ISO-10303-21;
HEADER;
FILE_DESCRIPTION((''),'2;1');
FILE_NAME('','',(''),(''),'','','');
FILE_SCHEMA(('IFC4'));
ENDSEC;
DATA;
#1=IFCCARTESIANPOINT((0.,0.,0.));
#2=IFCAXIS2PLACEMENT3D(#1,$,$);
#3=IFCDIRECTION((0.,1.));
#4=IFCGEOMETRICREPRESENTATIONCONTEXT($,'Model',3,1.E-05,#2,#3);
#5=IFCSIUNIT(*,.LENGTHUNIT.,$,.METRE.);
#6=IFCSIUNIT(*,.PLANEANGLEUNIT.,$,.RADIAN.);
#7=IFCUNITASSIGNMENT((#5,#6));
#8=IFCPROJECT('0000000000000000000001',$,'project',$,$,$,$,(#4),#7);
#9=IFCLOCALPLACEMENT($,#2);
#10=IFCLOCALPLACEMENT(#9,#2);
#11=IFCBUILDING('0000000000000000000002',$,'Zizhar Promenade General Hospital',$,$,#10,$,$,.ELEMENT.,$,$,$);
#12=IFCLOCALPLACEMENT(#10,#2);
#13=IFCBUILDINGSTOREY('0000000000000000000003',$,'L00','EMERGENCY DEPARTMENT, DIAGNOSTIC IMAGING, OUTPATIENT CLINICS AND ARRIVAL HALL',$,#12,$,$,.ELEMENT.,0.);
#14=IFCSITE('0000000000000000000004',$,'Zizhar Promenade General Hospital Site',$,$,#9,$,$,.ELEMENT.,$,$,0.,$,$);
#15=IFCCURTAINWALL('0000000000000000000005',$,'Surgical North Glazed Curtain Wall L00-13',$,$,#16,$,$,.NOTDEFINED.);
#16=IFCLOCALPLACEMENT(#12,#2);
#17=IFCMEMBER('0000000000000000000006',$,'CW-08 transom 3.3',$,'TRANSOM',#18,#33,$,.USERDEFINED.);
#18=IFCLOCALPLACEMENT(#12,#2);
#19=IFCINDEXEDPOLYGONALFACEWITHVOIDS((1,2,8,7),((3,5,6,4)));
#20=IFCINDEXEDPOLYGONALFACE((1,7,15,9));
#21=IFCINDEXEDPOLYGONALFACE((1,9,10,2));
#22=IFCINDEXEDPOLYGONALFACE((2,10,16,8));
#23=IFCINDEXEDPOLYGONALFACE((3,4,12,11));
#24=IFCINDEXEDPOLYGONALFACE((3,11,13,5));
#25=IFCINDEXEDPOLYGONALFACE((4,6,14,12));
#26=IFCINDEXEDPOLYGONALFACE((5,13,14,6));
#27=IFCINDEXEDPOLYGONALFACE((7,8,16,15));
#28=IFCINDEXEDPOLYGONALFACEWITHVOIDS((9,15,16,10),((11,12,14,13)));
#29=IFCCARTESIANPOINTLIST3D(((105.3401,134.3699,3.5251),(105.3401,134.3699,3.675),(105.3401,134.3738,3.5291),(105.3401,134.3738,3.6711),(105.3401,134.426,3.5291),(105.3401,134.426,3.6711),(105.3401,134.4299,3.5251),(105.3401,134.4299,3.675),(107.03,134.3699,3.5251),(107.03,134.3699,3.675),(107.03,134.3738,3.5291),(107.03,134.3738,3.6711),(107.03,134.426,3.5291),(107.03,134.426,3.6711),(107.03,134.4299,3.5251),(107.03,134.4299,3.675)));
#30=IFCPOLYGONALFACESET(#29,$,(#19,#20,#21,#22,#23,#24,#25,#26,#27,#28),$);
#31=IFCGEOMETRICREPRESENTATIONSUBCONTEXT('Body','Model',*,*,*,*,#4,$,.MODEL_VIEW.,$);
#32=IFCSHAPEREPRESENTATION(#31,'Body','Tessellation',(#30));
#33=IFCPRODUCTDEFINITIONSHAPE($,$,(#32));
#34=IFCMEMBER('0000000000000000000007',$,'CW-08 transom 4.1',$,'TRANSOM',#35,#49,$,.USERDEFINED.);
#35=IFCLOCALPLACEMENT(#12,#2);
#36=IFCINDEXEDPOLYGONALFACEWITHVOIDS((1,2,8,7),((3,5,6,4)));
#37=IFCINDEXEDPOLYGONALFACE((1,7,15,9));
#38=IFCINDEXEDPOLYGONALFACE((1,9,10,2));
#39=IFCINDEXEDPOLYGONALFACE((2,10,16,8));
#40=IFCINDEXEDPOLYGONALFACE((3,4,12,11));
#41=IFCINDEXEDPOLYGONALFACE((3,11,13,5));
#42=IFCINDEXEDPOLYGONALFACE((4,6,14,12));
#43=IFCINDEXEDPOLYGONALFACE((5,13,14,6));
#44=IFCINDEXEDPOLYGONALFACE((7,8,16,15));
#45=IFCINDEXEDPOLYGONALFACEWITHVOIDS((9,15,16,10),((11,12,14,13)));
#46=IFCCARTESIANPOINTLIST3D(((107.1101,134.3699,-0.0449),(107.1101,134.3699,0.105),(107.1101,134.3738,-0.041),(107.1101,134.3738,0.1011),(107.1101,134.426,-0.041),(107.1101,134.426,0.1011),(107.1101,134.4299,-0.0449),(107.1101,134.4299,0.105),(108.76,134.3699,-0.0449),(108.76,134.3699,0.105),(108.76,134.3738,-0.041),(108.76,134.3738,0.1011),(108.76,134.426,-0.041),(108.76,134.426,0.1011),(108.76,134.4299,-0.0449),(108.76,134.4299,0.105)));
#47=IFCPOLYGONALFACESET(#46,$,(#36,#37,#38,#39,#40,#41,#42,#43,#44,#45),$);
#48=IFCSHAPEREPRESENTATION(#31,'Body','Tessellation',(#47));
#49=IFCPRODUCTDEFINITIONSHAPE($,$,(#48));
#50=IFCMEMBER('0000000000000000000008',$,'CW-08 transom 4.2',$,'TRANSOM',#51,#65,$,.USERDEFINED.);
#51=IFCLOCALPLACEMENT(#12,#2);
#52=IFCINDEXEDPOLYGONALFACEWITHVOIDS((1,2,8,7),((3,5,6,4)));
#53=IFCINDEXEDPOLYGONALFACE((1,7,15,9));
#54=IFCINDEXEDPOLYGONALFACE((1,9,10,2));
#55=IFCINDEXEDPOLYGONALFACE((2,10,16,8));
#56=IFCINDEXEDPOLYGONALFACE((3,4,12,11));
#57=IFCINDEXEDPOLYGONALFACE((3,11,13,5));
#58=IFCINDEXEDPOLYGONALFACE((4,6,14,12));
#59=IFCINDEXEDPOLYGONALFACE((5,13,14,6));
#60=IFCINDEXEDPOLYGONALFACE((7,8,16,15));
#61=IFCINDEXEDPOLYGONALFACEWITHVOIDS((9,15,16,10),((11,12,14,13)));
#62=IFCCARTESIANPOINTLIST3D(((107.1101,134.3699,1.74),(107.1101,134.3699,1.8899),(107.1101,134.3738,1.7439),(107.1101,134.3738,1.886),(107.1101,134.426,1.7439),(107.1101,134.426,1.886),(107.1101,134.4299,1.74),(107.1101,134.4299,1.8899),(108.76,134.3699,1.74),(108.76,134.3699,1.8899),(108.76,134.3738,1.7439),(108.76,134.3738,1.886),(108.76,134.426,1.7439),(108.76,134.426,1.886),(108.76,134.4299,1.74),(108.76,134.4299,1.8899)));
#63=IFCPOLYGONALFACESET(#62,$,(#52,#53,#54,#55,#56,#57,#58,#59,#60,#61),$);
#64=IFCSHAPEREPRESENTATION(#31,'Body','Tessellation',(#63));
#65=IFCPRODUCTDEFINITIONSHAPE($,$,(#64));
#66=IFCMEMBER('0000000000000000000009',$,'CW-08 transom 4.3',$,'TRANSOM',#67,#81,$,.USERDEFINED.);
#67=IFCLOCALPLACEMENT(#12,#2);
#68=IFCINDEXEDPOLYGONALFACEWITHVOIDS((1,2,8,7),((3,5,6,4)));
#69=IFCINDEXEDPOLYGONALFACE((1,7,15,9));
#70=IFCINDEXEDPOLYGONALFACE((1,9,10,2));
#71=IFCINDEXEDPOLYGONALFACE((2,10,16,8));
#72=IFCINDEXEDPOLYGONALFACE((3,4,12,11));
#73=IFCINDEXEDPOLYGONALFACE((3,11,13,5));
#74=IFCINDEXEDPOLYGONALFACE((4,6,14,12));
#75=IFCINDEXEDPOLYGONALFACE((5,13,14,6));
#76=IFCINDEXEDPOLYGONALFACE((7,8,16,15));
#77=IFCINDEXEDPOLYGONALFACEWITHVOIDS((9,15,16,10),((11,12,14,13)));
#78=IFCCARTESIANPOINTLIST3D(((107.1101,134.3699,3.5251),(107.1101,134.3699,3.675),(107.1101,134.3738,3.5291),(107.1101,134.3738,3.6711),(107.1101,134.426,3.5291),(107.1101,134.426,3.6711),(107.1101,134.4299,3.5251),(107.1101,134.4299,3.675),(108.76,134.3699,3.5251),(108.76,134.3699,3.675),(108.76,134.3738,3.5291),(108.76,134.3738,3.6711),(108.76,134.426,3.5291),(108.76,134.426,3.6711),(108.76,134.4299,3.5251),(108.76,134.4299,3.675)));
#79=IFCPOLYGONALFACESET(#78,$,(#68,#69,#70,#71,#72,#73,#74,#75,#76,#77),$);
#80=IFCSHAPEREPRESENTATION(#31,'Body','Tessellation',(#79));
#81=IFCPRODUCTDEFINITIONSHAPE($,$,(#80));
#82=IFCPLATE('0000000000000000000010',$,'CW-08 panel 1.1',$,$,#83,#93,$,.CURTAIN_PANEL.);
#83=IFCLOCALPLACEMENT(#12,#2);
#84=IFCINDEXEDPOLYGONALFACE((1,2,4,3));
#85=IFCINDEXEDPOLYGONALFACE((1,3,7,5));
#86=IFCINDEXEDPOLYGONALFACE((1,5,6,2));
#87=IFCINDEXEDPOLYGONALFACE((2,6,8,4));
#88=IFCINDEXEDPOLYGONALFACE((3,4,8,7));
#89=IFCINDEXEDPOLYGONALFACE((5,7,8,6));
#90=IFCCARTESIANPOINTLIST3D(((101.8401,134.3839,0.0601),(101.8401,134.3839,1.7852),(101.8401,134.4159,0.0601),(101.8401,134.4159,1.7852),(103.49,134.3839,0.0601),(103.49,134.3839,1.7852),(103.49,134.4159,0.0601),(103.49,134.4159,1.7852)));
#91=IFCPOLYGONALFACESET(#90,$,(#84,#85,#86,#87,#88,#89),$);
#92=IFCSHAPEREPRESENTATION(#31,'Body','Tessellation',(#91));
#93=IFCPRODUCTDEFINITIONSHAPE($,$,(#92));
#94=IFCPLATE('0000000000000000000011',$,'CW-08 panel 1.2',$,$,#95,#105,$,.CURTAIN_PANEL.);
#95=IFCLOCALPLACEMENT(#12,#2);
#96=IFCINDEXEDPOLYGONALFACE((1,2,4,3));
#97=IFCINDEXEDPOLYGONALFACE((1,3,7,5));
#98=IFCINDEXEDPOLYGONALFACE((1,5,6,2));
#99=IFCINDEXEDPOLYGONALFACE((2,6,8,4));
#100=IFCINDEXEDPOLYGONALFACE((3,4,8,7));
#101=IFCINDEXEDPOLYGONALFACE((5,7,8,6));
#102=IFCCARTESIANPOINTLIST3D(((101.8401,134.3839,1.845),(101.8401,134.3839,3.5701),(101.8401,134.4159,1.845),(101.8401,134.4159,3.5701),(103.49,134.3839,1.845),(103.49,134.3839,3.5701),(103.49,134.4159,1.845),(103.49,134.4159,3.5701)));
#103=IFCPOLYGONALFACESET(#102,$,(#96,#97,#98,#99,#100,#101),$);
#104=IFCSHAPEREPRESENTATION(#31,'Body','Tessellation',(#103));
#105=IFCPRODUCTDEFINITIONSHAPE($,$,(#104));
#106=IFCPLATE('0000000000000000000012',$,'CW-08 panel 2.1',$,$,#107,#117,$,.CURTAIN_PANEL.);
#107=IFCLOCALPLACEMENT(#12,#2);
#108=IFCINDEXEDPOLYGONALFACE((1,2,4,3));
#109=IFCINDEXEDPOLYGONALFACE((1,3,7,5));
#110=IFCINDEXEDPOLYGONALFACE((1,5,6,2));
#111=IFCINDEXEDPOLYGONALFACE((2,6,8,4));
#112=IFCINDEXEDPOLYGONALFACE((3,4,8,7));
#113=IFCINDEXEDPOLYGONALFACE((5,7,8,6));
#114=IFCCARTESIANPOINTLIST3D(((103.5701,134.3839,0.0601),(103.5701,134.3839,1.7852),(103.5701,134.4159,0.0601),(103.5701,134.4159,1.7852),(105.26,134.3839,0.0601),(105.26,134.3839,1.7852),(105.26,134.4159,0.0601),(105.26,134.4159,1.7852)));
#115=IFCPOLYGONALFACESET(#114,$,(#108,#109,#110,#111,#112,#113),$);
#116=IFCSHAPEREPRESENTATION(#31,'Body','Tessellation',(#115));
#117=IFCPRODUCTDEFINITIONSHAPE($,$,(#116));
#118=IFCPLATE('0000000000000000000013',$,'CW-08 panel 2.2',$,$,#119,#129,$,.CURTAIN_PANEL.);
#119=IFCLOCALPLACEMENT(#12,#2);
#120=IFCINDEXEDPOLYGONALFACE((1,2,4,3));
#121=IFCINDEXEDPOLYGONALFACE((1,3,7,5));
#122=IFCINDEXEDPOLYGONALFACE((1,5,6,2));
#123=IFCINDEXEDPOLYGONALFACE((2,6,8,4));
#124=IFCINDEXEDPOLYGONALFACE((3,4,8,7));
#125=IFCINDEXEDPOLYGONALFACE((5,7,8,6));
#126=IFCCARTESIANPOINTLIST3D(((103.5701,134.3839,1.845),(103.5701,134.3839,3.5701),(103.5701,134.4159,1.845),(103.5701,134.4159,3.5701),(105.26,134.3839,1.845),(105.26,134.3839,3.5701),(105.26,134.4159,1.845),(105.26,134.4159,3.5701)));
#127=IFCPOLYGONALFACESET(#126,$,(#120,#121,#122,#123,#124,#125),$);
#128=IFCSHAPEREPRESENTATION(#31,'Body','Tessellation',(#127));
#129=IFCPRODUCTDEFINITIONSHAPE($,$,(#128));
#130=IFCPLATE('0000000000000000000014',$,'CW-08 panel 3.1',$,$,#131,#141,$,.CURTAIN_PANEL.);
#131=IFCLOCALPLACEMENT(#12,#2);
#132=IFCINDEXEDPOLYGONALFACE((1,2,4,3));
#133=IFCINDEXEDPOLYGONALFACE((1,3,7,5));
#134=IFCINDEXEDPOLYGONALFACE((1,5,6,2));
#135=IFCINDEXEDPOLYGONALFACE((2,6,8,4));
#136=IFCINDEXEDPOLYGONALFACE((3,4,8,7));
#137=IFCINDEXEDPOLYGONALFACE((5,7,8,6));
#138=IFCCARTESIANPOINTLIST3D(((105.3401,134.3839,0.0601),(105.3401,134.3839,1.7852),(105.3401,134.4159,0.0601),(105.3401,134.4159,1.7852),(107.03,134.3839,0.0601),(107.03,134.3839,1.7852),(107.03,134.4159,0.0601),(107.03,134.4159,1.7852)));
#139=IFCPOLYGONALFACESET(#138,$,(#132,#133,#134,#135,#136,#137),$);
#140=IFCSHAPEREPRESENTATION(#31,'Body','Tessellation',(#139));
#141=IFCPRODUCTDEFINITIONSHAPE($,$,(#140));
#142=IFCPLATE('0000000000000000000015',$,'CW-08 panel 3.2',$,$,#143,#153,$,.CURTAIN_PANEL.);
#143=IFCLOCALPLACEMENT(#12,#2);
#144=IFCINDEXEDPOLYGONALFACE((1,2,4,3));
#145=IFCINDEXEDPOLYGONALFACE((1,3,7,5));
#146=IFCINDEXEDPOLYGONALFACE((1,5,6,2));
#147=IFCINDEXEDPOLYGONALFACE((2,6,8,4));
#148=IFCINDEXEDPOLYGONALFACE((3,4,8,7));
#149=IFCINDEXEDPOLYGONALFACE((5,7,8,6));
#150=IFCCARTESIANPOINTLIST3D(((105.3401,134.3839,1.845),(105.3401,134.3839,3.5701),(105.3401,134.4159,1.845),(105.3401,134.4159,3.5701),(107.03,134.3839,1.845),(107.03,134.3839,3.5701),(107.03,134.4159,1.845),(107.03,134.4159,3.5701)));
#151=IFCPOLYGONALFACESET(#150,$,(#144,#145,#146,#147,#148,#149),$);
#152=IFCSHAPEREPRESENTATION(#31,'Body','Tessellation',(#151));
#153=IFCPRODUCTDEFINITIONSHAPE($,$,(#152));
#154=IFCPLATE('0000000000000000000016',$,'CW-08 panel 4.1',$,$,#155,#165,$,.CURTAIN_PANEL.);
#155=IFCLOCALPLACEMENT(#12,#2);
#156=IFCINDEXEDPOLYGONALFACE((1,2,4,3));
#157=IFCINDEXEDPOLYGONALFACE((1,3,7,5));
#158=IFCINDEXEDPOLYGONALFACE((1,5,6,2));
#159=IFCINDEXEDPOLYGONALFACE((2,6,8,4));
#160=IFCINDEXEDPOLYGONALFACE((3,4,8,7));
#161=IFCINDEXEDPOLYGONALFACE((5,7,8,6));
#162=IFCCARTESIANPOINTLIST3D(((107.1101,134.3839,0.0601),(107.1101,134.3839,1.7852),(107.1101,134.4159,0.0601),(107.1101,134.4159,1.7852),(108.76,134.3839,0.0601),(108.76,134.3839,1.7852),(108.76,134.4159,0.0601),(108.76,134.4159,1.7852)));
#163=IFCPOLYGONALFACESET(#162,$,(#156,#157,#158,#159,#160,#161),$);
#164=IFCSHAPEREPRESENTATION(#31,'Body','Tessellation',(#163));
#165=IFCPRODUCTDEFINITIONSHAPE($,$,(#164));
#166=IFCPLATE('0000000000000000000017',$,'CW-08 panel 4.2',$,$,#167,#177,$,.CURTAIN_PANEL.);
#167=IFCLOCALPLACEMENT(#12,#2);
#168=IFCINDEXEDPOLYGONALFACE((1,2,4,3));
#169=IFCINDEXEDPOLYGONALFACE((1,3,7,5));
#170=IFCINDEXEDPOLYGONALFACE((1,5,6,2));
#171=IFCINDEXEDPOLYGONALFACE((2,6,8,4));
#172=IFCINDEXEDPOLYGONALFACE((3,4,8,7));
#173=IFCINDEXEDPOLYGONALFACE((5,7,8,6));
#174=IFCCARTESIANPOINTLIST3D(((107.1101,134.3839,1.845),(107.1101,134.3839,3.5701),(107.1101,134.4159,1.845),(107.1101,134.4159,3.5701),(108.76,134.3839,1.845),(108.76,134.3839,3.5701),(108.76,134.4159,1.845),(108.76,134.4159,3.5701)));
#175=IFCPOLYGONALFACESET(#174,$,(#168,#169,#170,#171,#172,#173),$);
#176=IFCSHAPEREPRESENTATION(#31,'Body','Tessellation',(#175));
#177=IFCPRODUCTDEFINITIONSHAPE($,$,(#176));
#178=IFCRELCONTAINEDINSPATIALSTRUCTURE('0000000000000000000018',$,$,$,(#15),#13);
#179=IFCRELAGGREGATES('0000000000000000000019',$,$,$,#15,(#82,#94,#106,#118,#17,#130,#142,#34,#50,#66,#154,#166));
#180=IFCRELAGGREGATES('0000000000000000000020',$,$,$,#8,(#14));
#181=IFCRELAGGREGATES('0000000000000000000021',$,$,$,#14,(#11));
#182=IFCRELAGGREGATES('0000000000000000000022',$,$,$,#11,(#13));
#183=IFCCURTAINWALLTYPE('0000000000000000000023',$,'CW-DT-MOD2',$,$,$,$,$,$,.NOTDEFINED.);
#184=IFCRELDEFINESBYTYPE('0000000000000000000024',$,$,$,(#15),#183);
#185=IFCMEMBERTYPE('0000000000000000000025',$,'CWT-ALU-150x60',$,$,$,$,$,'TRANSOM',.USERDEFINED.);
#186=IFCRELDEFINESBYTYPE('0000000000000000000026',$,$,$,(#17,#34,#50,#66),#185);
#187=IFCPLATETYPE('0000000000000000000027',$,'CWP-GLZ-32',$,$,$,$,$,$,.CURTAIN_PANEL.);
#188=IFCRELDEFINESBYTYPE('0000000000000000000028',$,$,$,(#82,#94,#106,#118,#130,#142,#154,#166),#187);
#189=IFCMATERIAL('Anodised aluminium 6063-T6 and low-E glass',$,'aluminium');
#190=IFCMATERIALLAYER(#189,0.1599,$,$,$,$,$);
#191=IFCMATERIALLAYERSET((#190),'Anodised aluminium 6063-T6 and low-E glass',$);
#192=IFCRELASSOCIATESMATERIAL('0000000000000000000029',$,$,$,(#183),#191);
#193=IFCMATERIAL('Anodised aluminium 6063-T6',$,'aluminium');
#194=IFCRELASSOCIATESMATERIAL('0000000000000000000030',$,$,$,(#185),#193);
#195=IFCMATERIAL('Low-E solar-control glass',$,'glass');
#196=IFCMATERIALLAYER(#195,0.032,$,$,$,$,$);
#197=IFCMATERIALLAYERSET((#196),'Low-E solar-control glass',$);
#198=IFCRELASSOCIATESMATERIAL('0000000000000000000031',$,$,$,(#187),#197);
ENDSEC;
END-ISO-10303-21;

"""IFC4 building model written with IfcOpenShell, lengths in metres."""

from ifc_helpers import new_model, si_unit, direction, frame, origin, origin_2d, place, context, subcontext, project, spatial, rectangle, hollow_rectangle, extrude, material, layer, layer_set, material_profile, profile_set, type_object, element, aggregate, save


model = new_model("IFC4")

# Units and contexts
model_context = context("Model", 3, precision=1e-05, world=origin(), true_north=direction((0.0, 1.0)))
body_context = subcontext(model_context, "Body", "Model", "MODEL_VIEW")
ifc_project = project(units=[si_unit("LENGTHUNIT", "METRE"), si_unit("PLANEANGLEUNIT", "RADIAN")], contexts=[model_context])

# Site, building, storey
site_placement = place(None, origin())
site = spatial("IfcSite", under=ifc_project, at=site_placement, Name="Zizhar Promenade General Hospital Site", CompositionType="ELEMENT", RefElevation=0.0)
building_placement = place(site_placement, origin())
building = spatial("IfcBuilding", under=site, at=building_placement, Name="Zizhar Promenade General Hospital", CompositionType="ELEMENT")
storey_placement = place(building_placement, origin())
storey = spatial("IfcBuildingStorey", under=building, at=storey_placement, Name="L00", Description="EMERGENCY DEPARTMENT, DIAGNOSTIC IMAGING, OUTPATIENT CLINICS AND ARRIVAL HALL", CompositionType="ELEMENT", Elevation=0.0)

# Curtain wall, members, plates
ifc_material_1 = material(Name="Anodised aluminium 6063-T6 and low-E glass", Category="aluminium")
ifc_layer_1 = layer(ifc_material_1, 0.1599)
ifc_layer_set_1 = layer_set([ifc_layer_1], Name="Anodised aluminium 6063-T6 and low-E glass")
curtain_wall_type = type_object("IfcCurtainWallType", Name="CW-DT-MOD2", PredefinedType="NOTDEFINED", material=ifc_layer_set_1)
curtain_wall_placement = place(storey_placement, origin())
curtain_wall = element("IfcCurtainWall", 1, at=curtain_wall_placement, inside=storey, type_object=curtain_wall_type, Name="Surgical North Glazed Curtain Wall L00-13", PredefinedType="NOTDEFINED")
ifc_material_2 = material(Name="Anodised aluminium 6063-T6", Category="aluminium")
ifc_material_profile_1 = material_profile(ifc_material_2, hollow_rectangle(XDim=0.0601, YDim=0.1499, WallThickness=0.0039, at=origin_2d()))
ifc_profile_set_1 = profile_set([ifc_material_profile_1], Name="Anodised aluminium 6063-T6")
member_type_1 = type_object("IfcMemberType", Name="CWT-ALU-150x60", ElementType="TRANSOM", PredefinedType="USERDEFINED", material=ifc_profile_set_1)
member_1_placement = place(storey_placement, frame((105.3401, 134.3999, 3.6001), z_axis=(1.0, 0.0, 0.0), x_axis=(0.0, 1.0, 0.0)))
member_1 = element("IfcMember", 2, at=member_1_placement, type_object=member_type_1, Name="CW-08 transom 3.3", ObjectType="TRANSOM", PredefinedType="USERDEFINED", context=body_context, shape_type="SweptSolid", body=[
    extrude(hollow_rectangle(XDim=0.0601, YDim=0.1499, WallThickness=0.0039, at=origin_2d()), origin(), (0.0, 0.0, 1.0), 1.6899),
])
member_2_placement = place(storey_placement, frame((107.1101, 134.3999, 0.03), z_axis=(1.0, 0.0, 0.0), x_axis=(0.0, 1.0, 0.0)))
member_2 = element("IfcMember", 3, at=member_2_placement, type_object=member_type_1, Name="CW-08 transom 4.1", ObjectType="TRANSOM", PredefinedType="USERDEFINED", context=body_context, shape_type="SweptSolid", body=[
    extrude(hollow_rectangle(XDim=0.0601, YDim=0.1499, WallThickness=0.0039, at=origin_2d()), origin(), (0.0, 0.0, 1.0), 1.6499),
])
member_3_placement = place(storey_placement, frame((107.1101, 134.3999, 1.8149), z_axis=(1.0, 0.0, 0.0), x_axis=(0.0, 1.0, 0.0)))
member_3 = element("IfcMember", 4, at=member_3_placement, type_object=member_type_1, Name="CW-08 transom 4.2", ObjectType="TRANSOM", PredefinedType="USERDEFINED", context=body_context, shape_type="SweptSolid", body=[
    extrude(hollow_rectangle(XDim=0.0601, YDim=0.1499, WallThickness=0.0039, at=origin_2d()), origin(), (0.0, 0.0, 1.0), 1.6499),
])
member_4_placement = place(storey_placement, frame((107.1101, 134.3999, 3.6001), z_axis=(1.0, 0.0, 0.0), x_axis=(0.0, 1.0, 0.0)))
member_4 = element("IfcMember", 5, at=member_4_placement, type_object=member_type_1, Name="CW-08 transom 4.3", ObjectType="TRANSOM", PredefinedType="USERDEFINED", context=body_context, shape_type="SweptSolid", body=[
    extrude(hollow_rectangle(XDim=0.0601, YDim=0.1499, WallThickness=0.0039, at=origin_2d()), origin(), (0.0, 0.0, 1.0), 1.6499),
])
ifc_material_3 = material(Name="Low-E solar-control glass", Category="glass")
ifc_layer_2 = layer(ifc_material_3, 0.032)
ifc_layer_set_2 = layer_set([ifc_layer_2], Name="Low-E solar-control glass")
plate_type = type_object("IfcPlateType", Name="CWP-GLZ-32", PredefinedType="CURTAIN_PANEL", material=ifc_layer_set_2)
plate_1_placement = place(storey_placement, frame((102.665, 134.3999, 0.0601), z_axis=(0.0, 0.0, 1.0), x_axis=(1.0, 0.0, 0.0)))
plate_1 = element("IfcPlate", 6, at=plate_1_placement, type_object=plate_type, Name="CW-08 panel 1.1", PredefinedType="CURTAIN_PANEL", context=body_context, shape_type="SweptSolid", body=[
    extrude(rectangle(XDim=1.6499, YDim=0.032, at=origin_2d()), origin(), (0.0, 0.0, 1.0), 1.7251),
])
plate_2_placement = place(storey_placement, frame((102.665, 134.3999, 1.845), z_axis=(0.0, 0.0, 1.0), x_axis=(1.0, 0.0, 0.0)))
plate_2 = element("IfcPlate", 7, at=plate_2_placement, type_object=plate_type, Name="CW-08 panel 1.2", PredefinedType="CURTAIN_PANEL", context=body_context, shape_type="SweptSolid", body=[
    extrude(rectangle(XDim=1.6499, YDim=0.032, at=origin_2d()), origin(), (0.0, 0.0, 1.0), 1.7251),
])
plate_3_placement = place(storey_placement, frame((104.415, 134.3999, 0.0601), z_axis=(0.0, 0.0, 1.0), x_axis=(1.0, 0.0, 0.0)))
plate_3 = element("IfcPlate", 8, at=plate_3_placement, type_object=plate_type, Name="CW-08 panel 2.1", PredefinedType="CURTAIN_PANEL", context=body_context, shape_type="SweptSolid", body=[
    extrude(rectangle(XDim=1.6899, YDim=0.032, at=origin_2d()), origin(), (0.0, 0.0, 1.0), 1.7251),
])
plate_4_placement = place(storey_placement, frame((104.415, 134.3999, 1.845), z_axis=(0.0, 0.0, 1.0), x_axis=(1.0, 0.0, 0.0)))
plate_4 = element("IfcPlate", 9, at=plate_4_placement, type_object=plate_type, Name="CW-08 panel 2.2", PredefinedType="CURTAIN_PANEL", context=body_context, shape_type="SweptSolid", body=[
    extrude(rectangle(XDim=1.6899, YDim=0.032, at=origin_2d()), origin(), (0.0, 0.0, 1.0), 1.7251),
])
plate_5_placement = place(storey_placement, frame((106.1851, 134.3999, 0.0601), z_axis=(0.0, 0.0, 1.0), x_axis=(1.0, 0.0, 0.0)))
plate_5 = element("IfcPlate", 10, at=plate_5_placement, type_object=plate_type, Name="CW-08 panel 3.1", PredefinedType="CURTAIN_PANEL", context=body_context, shape_type="SweptSolid", body=[
    extrude(rectangle(XDim=1.6899, YDim=0.032, at=origin_2d()), origin(), (0.0, 0.0, 1.0), 1.7251),
])
plate_6_placement = place(storey_placement, frame((106.1851, 134.3999, 1.845), z_axis=(0.0, 0.0, 1.0), x_axis=(1.0, 0.0, 0.0)))
plate_6 = element("IfcPlate", 11, at=plate_6_placement, type_object=plate_type, Name="CW-08 panel 3.2", PredefinedType="CURTAIN_PANEL", context=body_context, shape_type="SweptSolid", body=[
    extrude(rectangle(XDim=1.6899, YDim=0.032, at=origin_2d()), origin(), (0.0, 0.0, 1.0), 1.7251),
])
plate_7_placement = place(storey_placement, frame((107.9351, 134.3999, 0.0601), z_axis=(0.0, 0.0, 1.0), x_axis=(1.0, 0.0, 0.0)))
plate_7 = element("IfcPlate", 12, at=plate_7_placement, type_object=plate_type, Name="CW-08 panel 4.1", PredefinedType="CURTAIN_PANEL", context=body_context, shape_type="SweptSolid", body=[
    extrude(rectangle(XDim=1.6499, YDim=0.032, at=origin_2d()), origin(), (0.0, 0.0, 1.0), 1.7251),
])
plate_8_placement = place(storey_placement, frame((107.9351, 134.3999, 1.845), z_axis=(0.0, 0.0, 1.0), x_axis=(1.0, 0.0, 0.0)))
plate_8 = element("IfcPlate", 13, at=plate_8_placement, type_object=plate_type, Name="CW-08 panel 4.2", PredefinedType="CURTAIN_PANEL", context=body_context, shape_type="SweptSolid", body=[
    extrude(rectangle(XDim=1.6499, YDim=0.032, at=origin_2d()), origin(), (0.0, 0.0, 1.0), 1.7251),
])
aggregate(curtain_wall, [plate_1, plate_2, plate_3, plate_4, member_1, plate_5, plate_6, member_2, member_3, member_4, plate_7, plate_8])

save(model, "model.ifc")
